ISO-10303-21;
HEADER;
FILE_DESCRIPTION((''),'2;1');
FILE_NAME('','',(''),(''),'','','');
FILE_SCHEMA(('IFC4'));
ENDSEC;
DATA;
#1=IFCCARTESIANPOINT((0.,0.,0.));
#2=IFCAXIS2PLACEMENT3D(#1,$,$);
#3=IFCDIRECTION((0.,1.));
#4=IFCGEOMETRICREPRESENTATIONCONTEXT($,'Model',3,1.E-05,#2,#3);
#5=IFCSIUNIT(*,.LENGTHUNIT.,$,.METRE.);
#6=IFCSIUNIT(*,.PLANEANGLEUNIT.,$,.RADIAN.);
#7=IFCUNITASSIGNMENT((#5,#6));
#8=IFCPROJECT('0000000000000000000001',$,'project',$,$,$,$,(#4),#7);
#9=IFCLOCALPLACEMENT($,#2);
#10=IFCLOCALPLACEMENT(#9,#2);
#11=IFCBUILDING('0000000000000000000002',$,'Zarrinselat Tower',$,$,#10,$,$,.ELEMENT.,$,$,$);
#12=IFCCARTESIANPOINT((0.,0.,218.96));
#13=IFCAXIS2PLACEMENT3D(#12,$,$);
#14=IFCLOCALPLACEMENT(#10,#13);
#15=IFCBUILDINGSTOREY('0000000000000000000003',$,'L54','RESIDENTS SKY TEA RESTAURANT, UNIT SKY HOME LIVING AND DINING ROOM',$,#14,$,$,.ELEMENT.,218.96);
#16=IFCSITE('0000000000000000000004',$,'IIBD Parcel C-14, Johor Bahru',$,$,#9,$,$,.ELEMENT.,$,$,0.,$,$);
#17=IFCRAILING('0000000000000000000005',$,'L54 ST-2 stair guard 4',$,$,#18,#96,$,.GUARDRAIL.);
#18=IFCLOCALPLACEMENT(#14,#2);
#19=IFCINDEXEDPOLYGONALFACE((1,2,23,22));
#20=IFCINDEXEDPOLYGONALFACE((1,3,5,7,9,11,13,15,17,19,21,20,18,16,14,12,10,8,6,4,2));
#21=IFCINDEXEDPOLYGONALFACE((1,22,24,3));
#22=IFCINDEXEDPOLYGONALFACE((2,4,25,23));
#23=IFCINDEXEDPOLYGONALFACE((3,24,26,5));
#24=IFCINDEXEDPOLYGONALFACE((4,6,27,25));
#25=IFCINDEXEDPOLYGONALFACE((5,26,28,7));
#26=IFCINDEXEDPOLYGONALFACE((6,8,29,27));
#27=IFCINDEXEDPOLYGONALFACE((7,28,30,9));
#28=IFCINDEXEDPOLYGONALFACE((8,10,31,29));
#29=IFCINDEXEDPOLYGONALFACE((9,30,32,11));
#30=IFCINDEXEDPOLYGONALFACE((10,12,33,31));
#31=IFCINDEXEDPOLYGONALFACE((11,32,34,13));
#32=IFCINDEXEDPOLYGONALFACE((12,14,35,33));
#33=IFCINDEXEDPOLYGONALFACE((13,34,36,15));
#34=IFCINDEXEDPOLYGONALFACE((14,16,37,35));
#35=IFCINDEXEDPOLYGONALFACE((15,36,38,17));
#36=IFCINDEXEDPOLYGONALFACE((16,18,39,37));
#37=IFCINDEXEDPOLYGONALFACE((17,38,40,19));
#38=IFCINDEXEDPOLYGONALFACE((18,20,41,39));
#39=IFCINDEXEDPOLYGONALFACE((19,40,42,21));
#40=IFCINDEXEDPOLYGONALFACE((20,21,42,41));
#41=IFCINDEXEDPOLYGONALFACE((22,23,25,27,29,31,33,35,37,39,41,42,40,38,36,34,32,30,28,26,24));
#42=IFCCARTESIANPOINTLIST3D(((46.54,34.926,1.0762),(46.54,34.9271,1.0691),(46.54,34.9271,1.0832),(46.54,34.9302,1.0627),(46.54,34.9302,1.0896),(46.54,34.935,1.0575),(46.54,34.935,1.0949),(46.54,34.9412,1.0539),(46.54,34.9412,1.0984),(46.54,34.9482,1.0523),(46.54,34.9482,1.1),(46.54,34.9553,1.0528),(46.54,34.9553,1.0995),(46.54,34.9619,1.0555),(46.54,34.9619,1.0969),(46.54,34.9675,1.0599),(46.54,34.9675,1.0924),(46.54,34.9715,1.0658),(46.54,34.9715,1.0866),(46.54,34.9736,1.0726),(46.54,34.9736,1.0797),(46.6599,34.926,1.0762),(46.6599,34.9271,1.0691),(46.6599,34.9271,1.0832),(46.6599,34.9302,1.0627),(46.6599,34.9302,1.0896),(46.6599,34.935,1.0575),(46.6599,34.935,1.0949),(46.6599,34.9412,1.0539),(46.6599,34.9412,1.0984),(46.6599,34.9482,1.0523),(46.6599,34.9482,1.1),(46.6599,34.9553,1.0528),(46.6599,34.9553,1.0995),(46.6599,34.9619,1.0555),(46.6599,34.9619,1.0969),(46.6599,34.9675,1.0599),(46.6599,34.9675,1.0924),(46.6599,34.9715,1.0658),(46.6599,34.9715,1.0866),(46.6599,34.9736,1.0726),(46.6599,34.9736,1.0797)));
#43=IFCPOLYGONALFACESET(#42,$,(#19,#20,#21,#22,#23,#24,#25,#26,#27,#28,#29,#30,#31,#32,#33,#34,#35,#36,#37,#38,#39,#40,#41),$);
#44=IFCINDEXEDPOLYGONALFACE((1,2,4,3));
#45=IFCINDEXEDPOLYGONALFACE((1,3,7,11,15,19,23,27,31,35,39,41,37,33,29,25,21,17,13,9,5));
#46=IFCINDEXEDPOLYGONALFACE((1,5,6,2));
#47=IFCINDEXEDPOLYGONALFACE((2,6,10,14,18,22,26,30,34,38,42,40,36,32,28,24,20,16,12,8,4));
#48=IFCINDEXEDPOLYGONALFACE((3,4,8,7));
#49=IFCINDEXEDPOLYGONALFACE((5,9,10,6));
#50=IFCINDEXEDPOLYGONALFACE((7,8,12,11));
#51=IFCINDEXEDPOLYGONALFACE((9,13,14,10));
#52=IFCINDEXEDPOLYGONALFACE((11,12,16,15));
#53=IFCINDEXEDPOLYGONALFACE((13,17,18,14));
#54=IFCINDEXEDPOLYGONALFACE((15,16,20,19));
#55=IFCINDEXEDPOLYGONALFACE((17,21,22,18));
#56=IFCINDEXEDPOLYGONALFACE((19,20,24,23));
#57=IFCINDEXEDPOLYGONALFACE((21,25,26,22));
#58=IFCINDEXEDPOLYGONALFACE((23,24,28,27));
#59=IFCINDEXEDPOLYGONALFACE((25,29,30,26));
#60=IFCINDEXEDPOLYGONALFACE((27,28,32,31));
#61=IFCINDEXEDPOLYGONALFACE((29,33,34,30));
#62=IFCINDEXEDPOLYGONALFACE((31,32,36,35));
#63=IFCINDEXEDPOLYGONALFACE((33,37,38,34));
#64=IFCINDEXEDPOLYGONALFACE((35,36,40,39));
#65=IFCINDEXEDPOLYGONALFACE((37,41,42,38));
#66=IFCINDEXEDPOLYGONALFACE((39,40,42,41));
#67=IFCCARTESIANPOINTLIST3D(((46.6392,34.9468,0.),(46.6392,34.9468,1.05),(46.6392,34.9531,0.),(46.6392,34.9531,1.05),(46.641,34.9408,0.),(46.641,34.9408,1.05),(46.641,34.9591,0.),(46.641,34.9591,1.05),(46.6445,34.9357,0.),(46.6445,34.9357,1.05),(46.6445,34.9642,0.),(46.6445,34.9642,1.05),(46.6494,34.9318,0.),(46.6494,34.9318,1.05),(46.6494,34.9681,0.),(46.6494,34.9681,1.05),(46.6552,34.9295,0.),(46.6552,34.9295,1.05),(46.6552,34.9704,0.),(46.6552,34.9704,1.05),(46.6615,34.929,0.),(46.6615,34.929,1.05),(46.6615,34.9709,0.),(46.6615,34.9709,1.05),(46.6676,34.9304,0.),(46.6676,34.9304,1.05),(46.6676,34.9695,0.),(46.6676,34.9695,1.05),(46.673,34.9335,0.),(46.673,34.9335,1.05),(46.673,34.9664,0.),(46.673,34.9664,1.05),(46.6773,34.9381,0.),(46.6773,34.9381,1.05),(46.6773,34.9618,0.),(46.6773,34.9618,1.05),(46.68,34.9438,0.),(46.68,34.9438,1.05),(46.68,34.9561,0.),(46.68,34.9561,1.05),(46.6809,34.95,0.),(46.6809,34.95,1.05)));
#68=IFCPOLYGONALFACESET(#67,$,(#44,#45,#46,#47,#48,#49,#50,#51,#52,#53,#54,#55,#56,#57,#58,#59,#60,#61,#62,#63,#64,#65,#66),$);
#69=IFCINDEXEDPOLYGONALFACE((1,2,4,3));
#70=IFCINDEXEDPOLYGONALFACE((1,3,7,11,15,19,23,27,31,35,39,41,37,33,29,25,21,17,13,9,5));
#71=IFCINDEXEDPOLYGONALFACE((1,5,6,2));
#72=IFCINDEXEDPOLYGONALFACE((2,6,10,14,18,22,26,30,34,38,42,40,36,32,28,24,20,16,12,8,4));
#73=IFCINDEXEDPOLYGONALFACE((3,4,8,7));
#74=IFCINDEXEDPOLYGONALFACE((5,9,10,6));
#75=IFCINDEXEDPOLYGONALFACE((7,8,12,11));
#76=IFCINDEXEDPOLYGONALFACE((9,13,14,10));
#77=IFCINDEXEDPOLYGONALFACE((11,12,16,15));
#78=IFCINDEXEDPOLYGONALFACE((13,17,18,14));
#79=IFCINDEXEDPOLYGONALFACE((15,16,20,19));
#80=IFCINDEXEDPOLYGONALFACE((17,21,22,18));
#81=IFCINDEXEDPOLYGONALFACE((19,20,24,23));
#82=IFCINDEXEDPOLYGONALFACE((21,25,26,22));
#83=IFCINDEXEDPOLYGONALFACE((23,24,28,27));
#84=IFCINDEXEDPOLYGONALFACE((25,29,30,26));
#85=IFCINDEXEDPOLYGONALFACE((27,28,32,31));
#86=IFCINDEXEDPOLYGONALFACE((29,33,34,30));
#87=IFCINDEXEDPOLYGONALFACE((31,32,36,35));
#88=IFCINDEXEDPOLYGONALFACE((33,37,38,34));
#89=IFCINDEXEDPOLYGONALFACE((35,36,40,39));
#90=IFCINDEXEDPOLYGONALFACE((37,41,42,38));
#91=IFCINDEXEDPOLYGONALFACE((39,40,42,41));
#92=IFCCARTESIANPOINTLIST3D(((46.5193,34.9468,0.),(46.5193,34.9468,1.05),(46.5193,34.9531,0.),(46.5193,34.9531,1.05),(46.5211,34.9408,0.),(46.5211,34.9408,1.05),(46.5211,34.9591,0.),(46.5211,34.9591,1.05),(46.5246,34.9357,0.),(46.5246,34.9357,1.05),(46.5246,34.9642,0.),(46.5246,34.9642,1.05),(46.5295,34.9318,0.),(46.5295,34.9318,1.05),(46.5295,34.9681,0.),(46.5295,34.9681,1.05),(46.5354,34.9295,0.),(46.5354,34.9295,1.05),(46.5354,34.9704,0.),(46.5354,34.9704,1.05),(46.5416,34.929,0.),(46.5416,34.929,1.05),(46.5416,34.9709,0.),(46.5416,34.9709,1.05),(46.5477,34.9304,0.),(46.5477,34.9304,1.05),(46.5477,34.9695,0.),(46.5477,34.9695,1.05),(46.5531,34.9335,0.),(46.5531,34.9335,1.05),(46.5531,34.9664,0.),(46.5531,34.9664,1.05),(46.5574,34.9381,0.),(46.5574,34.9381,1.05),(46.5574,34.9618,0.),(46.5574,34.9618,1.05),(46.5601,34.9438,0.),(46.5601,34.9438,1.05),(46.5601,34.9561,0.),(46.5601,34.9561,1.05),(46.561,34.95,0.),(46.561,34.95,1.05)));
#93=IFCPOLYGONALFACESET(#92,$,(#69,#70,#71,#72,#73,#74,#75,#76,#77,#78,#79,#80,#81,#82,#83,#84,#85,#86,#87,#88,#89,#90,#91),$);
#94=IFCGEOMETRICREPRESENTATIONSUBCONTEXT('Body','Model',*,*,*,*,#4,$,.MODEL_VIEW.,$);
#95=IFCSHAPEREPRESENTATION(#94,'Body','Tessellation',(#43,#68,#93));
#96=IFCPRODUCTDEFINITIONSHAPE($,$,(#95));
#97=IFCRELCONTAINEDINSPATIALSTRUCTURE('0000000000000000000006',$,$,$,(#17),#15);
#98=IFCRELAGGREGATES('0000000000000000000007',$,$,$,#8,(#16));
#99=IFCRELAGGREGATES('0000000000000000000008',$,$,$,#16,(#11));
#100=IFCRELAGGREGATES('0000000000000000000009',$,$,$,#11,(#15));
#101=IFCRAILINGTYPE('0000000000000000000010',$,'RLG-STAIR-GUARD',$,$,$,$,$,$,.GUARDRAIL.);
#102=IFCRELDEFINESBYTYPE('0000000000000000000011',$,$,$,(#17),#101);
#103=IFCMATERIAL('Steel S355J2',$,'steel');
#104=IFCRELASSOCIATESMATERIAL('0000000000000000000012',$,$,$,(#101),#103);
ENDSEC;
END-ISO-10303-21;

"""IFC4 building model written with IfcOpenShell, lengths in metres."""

from ifc_helpers import new_model, si_unit, direction, frame, origin, origin_2d, place, context, subcontext, project, spatial, circle, extrude, material, type_object, element, save


model = new_model("IFC4")

# Units and contexts
model_context = context("Model", 3, precision=1e-05, world=origin(), true_north=direction((0.0, 1.0)))
body_context = subcontext(model_context, "Body", "Model", "MODEL_VIEW")
ifc_project = project(units=[si_unit("LENGTHUNIT", "METRE"), si_unit("PLANEANGLEUNIT", "RADIAN")], contexts=[model_context])

# Site, building, storey
site_placement = place(None, origin())
site = spatial("IfcSite", under=ifc_project, at=site_placement, Name="IIBD Parcel C-14, Johor Bahru", CompositionType="ELEMENT", RefElevation=0.0)
building_placement = place(site_placement, origin())
building = spatial("IfcBuilding", under=site, at=building_placement, Name="Zarrinselat Tower", CompositionType="ELEMENT")
storey_placement = place(building_placement, frame((0.0, 0.0, 218.96)))
storey = spatial("IfcBuildingStorey", under=building, at=storey_placement, Name="L54", Description="RESIDENTS SKY TEA RESTAURANT, UNIT SKY HOME LIVING AND DINING ROOM", CompositionType="ELEMENT", Elevation=218.96)

# Railing
ifc_material_1 = material(Name="Steel S355J2", Category="steel")
railing_type_1 = type_object("IfcRailingType", Name="RLG-STAIR-GUARD", PredefinedType="GUARDRAIL", material=ifc_material_1)
railing_1_placement = place(storey_placement, frame((46.6599, 34.95, 0.0)))
element("IfcRailing", 1, at=railing_1_placement, inside=storey, type_object=railing_type_1, Name="L54 ST-2 stair guard 4", PredefinedType="GUARDRAIL", context=body_context, shape_type="SweptSolid", body=[
    extrude(circle(Radius=0.0239, at=origin_2d()), frame((0.0, 0.0, 1.0762), z_axis=(-1.0, 0.0, 0.0), x_axis=(0.0, -1.0, 0.0)), (0.0, 0.0, 1.0), 0.1199),
    extrude(circle(Radius=0.021, at=origin_2d()), origin(), (0.0, 0.0, 1.0), 1.05),
    extrude(circle(Radius=0.021, at=origin_2d()), frame((-0.1199, 0.0, 0.0)), (0.0, 0.0, 1.0), 1.05),
])

save(model, "model.ifc")
